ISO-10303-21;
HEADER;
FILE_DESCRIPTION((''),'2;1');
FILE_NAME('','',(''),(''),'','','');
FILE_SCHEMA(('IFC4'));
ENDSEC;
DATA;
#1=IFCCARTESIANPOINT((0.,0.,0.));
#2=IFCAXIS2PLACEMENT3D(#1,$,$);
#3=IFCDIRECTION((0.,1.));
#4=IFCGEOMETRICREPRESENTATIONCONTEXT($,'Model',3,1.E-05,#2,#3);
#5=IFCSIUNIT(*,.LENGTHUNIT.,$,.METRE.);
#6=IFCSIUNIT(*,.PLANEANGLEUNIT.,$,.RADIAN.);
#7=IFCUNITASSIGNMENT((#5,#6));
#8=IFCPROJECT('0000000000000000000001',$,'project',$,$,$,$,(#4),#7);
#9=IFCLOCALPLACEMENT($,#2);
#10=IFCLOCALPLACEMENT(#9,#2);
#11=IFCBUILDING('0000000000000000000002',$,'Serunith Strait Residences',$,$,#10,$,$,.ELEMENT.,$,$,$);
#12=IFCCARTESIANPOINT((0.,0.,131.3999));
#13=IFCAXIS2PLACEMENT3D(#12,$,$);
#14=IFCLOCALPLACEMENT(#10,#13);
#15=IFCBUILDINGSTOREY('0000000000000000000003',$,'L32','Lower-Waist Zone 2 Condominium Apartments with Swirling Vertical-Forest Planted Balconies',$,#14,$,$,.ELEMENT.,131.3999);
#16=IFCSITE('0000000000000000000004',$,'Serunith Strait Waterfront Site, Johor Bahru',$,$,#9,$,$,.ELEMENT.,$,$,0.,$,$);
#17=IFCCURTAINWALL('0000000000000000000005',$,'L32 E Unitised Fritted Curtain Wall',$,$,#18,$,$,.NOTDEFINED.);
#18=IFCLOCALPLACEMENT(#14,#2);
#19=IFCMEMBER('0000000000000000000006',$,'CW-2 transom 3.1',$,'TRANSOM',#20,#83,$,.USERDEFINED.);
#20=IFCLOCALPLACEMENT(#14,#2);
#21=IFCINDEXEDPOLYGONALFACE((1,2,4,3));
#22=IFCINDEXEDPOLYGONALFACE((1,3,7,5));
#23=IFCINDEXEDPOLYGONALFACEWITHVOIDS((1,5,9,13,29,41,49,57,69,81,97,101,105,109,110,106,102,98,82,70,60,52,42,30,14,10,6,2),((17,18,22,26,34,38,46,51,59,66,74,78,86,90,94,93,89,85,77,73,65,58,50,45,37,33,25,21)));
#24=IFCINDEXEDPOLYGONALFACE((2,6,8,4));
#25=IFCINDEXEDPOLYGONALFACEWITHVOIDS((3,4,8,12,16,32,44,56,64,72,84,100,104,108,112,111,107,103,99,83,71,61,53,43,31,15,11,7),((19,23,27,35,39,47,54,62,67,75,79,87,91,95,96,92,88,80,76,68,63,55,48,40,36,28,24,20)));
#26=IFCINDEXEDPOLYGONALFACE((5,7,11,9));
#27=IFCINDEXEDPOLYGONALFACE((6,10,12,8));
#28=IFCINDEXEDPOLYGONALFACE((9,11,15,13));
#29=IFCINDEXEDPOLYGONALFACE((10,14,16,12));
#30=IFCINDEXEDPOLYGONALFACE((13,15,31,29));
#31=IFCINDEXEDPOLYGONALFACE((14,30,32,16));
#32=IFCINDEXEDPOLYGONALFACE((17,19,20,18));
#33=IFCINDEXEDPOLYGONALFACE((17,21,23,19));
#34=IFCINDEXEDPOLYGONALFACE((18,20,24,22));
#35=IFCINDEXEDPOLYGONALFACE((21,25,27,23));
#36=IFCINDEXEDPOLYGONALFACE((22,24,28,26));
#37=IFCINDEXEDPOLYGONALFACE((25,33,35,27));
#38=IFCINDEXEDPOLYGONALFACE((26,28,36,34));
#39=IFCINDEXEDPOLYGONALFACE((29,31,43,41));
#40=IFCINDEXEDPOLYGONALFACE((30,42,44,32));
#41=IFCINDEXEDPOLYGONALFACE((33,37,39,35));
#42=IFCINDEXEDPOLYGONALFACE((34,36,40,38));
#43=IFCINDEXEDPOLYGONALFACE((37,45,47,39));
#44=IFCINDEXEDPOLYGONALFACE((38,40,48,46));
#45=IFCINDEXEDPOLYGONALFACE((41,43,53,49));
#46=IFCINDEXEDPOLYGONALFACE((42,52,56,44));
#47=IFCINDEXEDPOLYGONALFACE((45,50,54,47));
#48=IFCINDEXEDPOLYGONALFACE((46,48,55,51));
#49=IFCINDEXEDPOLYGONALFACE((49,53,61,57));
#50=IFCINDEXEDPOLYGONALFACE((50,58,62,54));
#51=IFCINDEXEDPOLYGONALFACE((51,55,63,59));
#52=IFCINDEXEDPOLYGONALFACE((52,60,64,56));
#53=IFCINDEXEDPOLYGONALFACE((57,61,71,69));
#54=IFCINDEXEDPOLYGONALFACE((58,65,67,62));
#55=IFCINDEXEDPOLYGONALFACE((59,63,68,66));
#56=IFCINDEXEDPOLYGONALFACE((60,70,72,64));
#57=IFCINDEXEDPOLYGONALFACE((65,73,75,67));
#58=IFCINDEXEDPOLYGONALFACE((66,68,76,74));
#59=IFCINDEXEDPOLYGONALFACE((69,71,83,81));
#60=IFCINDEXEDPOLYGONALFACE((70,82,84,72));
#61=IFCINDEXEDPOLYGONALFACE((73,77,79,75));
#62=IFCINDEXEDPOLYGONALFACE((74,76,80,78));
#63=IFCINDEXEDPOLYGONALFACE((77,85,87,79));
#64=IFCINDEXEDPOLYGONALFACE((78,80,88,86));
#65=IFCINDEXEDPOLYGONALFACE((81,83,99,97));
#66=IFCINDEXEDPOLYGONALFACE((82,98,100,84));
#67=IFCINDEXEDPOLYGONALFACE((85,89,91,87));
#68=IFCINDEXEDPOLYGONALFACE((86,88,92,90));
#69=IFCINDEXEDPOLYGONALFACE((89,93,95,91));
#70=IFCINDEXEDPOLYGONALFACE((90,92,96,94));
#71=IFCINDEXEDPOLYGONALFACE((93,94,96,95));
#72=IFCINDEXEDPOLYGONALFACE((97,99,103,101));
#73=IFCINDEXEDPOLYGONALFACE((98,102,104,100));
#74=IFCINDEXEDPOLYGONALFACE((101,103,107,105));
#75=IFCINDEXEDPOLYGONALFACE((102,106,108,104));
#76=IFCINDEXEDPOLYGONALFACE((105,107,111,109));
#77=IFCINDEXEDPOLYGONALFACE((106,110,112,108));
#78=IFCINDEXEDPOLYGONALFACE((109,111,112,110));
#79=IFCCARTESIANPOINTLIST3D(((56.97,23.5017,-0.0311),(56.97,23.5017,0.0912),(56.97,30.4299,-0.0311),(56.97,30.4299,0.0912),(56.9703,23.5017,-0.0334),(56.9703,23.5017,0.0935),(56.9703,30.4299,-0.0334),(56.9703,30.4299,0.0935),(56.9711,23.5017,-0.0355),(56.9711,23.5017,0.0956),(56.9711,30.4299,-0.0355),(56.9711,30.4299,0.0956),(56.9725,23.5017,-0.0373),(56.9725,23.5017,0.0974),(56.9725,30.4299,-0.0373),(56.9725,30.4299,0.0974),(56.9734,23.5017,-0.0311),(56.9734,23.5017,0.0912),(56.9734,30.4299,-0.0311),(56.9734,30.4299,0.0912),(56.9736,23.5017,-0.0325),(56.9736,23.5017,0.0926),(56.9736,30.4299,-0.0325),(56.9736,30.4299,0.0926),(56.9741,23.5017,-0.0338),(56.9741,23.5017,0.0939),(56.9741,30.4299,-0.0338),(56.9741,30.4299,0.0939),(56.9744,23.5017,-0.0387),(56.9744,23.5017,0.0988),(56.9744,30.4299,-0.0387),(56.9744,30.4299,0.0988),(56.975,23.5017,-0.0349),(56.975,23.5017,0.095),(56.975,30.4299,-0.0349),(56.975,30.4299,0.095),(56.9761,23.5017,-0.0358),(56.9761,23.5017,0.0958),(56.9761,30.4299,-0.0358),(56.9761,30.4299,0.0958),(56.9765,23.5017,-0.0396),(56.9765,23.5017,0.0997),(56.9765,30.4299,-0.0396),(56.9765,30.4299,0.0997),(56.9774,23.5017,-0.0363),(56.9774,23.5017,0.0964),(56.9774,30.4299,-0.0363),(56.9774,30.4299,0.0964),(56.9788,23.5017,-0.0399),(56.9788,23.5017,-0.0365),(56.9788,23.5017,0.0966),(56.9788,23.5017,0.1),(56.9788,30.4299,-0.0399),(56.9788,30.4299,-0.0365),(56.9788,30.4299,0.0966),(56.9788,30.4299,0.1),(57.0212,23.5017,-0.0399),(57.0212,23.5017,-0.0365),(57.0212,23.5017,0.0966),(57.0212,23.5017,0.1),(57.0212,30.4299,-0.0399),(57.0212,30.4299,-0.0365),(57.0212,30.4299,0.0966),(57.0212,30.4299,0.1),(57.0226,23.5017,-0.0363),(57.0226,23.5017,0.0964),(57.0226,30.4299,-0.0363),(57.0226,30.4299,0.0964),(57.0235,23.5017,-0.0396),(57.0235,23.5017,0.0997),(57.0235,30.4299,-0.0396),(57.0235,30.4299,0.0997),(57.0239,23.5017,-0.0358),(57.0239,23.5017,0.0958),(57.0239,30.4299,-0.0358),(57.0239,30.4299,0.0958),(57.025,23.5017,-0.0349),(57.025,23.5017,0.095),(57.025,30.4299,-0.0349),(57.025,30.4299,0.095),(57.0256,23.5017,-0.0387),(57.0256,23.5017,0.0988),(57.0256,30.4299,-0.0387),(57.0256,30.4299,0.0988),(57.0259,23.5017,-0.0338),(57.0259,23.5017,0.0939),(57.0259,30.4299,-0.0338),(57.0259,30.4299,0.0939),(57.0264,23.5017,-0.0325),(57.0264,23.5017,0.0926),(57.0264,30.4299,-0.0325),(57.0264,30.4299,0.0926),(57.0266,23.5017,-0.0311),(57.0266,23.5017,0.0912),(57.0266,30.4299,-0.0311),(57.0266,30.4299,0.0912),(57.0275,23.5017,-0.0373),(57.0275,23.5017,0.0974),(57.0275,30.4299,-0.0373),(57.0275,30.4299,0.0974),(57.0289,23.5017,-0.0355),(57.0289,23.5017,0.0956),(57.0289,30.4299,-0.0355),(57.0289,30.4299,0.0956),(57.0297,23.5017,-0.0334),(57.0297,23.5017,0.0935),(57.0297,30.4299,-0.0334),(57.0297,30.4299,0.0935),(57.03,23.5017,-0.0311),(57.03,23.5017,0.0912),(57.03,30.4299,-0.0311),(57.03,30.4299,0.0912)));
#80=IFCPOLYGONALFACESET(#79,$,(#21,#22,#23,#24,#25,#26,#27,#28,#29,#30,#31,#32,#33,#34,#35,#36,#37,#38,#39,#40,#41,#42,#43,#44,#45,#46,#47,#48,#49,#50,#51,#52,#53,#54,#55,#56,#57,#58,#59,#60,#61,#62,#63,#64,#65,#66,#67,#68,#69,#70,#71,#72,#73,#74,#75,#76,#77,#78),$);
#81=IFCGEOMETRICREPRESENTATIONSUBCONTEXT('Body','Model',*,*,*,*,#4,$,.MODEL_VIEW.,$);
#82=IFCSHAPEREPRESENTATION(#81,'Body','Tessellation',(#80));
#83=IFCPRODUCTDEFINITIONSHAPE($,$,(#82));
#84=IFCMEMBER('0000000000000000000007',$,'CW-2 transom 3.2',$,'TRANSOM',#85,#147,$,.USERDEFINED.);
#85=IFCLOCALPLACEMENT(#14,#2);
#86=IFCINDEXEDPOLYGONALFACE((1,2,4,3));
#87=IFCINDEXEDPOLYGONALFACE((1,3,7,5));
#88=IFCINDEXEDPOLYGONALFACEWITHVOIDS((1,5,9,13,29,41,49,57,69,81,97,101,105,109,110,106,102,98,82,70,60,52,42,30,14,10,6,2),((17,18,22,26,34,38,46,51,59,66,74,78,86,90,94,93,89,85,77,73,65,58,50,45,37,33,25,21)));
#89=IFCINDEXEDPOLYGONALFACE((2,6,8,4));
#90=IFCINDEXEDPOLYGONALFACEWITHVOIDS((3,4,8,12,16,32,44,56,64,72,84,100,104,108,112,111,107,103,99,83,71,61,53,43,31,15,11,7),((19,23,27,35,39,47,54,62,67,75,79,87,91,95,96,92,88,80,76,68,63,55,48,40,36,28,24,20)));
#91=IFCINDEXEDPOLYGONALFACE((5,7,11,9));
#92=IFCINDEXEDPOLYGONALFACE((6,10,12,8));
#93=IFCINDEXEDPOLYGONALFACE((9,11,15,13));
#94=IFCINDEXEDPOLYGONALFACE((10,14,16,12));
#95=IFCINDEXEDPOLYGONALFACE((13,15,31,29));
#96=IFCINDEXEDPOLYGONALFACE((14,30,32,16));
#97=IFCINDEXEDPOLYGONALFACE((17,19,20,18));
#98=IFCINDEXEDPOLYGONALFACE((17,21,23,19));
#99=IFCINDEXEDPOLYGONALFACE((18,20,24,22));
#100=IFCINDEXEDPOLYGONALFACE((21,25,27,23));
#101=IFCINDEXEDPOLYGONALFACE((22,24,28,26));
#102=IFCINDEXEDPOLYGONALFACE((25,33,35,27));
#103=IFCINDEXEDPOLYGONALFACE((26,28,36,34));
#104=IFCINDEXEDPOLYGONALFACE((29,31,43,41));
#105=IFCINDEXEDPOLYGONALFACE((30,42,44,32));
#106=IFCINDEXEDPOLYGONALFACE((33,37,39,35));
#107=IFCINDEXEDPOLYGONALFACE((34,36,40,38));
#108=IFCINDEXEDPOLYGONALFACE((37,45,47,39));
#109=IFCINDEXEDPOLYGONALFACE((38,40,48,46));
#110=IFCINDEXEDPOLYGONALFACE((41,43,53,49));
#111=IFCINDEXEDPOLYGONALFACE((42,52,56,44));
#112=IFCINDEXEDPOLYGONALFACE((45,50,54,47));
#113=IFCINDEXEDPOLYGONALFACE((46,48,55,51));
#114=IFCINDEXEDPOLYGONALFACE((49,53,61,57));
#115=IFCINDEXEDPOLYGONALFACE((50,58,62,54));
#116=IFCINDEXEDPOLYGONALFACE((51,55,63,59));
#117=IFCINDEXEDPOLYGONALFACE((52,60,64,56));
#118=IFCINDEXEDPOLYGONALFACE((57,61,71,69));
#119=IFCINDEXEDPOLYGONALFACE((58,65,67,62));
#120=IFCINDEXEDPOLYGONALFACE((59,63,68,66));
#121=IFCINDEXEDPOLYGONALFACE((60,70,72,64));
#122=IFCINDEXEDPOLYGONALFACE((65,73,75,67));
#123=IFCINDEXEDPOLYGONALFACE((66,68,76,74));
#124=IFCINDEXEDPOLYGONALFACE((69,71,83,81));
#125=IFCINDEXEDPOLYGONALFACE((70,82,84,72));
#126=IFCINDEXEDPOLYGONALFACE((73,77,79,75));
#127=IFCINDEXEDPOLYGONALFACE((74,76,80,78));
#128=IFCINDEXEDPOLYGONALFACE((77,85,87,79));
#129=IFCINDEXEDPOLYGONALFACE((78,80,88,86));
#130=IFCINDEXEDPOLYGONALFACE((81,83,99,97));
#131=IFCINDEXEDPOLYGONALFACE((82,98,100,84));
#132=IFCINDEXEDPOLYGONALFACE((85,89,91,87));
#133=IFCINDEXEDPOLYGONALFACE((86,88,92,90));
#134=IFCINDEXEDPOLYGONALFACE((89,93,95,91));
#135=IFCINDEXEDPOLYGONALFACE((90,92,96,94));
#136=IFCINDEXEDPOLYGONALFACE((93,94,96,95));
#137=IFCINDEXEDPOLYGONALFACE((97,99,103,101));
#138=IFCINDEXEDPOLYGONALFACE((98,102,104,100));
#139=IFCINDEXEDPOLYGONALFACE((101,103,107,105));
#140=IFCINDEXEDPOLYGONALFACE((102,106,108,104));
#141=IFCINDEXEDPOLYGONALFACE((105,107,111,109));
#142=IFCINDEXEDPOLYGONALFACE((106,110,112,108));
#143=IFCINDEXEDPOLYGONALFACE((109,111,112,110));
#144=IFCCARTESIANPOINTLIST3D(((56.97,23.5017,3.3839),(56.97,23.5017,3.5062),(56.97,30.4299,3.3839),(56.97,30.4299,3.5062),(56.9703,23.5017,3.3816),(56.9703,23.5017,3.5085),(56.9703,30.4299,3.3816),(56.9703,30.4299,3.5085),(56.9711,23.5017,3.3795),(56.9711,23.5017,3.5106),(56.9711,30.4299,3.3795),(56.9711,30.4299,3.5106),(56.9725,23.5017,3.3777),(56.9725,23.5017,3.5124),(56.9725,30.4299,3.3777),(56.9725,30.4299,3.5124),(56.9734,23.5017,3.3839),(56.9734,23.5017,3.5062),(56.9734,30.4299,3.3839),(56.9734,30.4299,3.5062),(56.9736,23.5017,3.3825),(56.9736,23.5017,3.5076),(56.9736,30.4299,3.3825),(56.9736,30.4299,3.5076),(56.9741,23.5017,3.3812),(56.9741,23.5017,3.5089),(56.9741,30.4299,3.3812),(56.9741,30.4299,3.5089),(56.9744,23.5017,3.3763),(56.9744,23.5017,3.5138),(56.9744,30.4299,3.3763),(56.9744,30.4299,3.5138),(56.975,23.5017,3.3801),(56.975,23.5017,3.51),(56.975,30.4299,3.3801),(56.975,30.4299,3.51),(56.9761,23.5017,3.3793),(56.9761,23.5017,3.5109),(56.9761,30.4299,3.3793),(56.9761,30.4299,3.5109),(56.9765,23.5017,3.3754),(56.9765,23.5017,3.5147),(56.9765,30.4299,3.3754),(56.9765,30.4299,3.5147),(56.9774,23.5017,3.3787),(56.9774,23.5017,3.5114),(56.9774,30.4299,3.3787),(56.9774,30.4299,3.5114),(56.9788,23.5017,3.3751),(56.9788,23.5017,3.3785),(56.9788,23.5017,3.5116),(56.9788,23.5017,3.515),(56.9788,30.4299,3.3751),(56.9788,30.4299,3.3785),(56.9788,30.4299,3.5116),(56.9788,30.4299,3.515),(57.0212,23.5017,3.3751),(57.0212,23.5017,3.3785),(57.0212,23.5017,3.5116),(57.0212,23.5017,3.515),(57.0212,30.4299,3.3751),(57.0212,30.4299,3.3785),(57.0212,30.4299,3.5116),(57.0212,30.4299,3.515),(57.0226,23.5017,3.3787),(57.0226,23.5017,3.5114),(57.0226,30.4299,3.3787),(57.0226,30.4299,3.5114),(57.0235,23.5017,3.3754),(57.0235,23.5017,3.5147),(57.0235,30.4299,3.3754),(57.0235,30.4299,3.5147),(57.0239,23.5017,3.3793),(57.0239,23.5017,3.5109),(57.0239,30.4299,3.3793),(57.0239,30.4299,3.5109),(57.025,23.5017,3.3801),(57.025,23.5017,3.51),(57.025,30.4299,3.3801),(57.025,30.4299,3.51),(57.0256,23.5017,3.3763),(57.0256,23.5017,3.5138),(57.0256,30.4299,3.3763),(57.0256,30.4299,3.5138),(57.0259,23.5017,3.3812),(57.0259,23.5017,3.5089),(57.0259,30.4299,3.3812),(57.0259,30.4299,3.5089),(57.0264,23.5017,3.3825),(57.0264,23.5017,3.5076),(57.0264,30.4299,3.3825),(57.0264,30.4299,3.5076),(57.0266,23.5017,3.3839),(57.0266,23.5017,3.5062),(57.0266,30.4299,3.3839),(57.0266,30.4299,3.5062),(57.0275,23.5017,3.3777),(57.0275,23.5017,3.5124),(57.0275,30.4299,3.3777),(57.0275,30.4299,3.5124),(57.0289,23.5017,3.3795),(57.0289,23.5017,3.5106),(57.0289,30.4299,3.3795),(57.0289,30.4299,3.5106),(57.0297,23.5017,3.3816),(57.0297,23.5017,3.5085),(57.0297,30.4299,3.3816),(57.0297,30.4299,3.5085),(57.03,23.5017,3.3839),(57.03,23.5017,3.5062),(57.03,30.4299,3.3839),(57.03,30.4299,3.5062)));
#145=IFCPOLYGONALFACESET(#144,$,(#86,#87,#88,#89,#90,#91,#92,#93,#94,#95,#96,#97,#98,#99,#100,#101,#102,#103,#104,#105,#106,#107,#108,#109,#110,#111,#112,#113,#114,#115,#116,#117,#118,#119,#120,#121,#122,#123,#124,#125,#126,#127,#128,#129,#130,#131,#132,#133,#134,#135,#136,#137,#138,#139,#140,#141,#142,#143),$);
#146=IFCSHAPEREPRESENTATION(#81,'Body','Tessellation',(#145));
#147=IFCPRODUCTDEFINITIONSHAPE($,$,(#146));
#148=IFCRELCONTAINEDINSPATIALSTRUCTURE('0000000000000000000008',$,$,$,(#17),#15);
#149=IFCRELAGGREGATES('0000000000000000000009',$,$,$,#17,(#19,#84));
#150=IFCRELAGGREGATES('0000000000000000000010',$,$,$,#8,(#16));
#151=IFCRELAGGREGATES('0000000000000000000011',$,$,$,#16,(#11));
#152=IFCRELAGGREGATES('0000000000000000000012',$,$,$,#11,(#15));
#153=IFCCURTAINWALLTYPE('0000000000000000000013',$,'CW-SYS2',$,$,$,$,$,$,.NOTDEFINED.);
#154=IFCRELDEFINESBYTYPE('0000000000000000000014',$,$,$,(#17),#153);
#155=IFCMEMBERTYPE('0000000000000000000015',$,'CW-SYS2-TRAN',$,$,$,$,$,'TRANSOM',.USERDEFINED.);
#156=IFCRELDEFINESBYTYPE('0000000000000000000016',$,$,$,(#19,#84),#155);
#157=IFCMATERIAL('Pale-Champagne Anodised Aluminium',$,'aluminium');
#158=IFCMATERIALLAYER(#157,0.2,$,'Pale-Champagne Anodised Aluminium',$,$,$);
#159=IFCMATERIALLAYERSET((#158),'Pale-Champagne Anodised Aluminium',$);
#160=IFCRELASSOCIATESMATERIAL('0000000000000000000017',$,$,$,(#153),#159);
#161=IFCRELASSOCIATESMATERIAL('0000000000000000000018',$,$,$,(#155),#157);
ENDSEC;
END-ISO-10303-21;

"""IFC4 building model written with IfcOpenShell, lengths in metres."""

from ifc_helpers import new_model, si_unit, direction, frame, origin, origin_2d, place, context, subcontext, project, spatial, hollow_rectangle, extrude, source, transform, mapped, material, layer, layer_set, material_profile, profile_set, type_object, element, aggregate, save


model = new_model("IFC4")

# Units and contexts
model_context = context("Model", 3, precision=1e-05, world=origin(), true_north=direction((0.0, 1.0)))
body_context = subcontext(model_context, "Body", "Model", "MODEL_VIEW")
ifc_project = project(units=[si_unit("LENGTHUNIT", "METRE"), si_unit("PLANEANGLEUNIT", "RADIAN")], contexts=[model_context])

# Site, building, storey
site_placement = place(None, origin())
site = spatial("IfcSite", under=ifc_project, at=site_placement, Name="Serunith Strait Waterfront Site, Johor Bahru", CompositionType="ELEMENT", RefElevation=0.0)
building_placement = place(site_placement, origin())
building = spatial("IfcBuilding", under=site, at=building_placement, Name="Serunith Strait Residences", CompositionType="ELEMENT")
storey_placement = place(building_placement, frame((0.0, 0.0, 131.3999)))
storey = spatial("IfcBuildingStorey", under=building, at=storey_placement, Name="L32", Description="Lower-Waist Zone 2 Condominium Apartments with Swirling Vertical-Forest Planted Balconies", CompositionType="ELEMENT", Elevation=131.3999)

# Curtain wall, members
ifc_material_1 = material(Name="Pale-Champagne Anodised Aluminium", Category="aluminium")
ifc_layer_1 = layer(ifc_material_1, 0.2, Name="Pale-Champagne Anodised Aluminium")
ifc_layer_set_1 = layer_set([ifc_layer_1], Name="Pale-Champagne Anodised Aluminium")
curtain_wall_type = type_object("IfcCurtainWallType", Name="CW-SYS2", PredefinedType="NOTDEFINED", material=ifc_layer_set_1)
curtain_wall_placement = place(storey_placement, origin())
curtain_wall = element("IfcCurtainWall", 1, at=curtain_wall_placement, inside=storey, type_object=curtain_wall_type, Name="L32 E Unitised Fritted Curtain Wall", PredefinedType="NOTDEFINED")
ifc_material_profile_1 = material_profile(ifc_material_1, hollow_rectangle(XDim=0.0601, YDim=0.1399, WallThickness=0.0034, InnerFilletRadius=0.0054, OuterFilletRadius=0.0088, at=origin_2d()), Name="ALU 140x60x3.5")
ifc_profile_set_1 = profile_set([ifc_material_profile_1], Name="Pale-Champagne Anodised Aluminium")
member_type_1 = type_object("IfcMemberType", Name="CW-SYS2-TRAN", ElementType="TRANSOM", PredefinedType="USERDEFINED", material=ifc_profile_set_1)
shared_shape_1 = source(origin(), body_context, "Body", "SweptSolid", [
    extrude(hollow_rectangle(XDim=0.0601, YDim=0.1399, WallThickness=0.0034, InnerFilletRadius=0.0054, OuterFilletRadius=0.0088, at=origin_2d()), origin(), (0.0, 0.0, 1.0), 6.9282),
])
member_1_placement = place(storey_placement, frame((57.0, 23.5017, 0.03), z_axis=(0.0, 1.0, 0.0), x_axis=(-1.0, 0.0, 0.0)))
member_1 = element("IfcMember", 2, at=member_1_placement, type_object=member_type_1, Name="CW-2 transom 3.1", ObjectType="TRANSOM", PredefinedType="USERDEFINED", context=body_context, shape_type="MappedRepresentation", body=[
    mapped(shared_shape_1, transform((0.0, 0.0, 0.0), scale=1.0)),
])
member_2_placement = place(storey_placement, frame((57.0, 23.5017, 3.4451), z_axis=(0.0, 1.0, 0.0), x_axis=(-1.0, 0.0, 0.0)))
member_2 = element("IfcMember", 3, at=member_2_placement, type_object=member_type_1, Name="CW-2 transom 3.2", ObjectType="TRANSOM", PredefinedType="USERDEFINED", context=body_context, shape_type="MappedRepresentation", body=[
    mapped(shared_shape_1, transform((0.0, 0.0, 0.0), scale=1.0)),
])
aggregate(curtain_wall, [member_1, member_2])

save(model, "model.ifc")
